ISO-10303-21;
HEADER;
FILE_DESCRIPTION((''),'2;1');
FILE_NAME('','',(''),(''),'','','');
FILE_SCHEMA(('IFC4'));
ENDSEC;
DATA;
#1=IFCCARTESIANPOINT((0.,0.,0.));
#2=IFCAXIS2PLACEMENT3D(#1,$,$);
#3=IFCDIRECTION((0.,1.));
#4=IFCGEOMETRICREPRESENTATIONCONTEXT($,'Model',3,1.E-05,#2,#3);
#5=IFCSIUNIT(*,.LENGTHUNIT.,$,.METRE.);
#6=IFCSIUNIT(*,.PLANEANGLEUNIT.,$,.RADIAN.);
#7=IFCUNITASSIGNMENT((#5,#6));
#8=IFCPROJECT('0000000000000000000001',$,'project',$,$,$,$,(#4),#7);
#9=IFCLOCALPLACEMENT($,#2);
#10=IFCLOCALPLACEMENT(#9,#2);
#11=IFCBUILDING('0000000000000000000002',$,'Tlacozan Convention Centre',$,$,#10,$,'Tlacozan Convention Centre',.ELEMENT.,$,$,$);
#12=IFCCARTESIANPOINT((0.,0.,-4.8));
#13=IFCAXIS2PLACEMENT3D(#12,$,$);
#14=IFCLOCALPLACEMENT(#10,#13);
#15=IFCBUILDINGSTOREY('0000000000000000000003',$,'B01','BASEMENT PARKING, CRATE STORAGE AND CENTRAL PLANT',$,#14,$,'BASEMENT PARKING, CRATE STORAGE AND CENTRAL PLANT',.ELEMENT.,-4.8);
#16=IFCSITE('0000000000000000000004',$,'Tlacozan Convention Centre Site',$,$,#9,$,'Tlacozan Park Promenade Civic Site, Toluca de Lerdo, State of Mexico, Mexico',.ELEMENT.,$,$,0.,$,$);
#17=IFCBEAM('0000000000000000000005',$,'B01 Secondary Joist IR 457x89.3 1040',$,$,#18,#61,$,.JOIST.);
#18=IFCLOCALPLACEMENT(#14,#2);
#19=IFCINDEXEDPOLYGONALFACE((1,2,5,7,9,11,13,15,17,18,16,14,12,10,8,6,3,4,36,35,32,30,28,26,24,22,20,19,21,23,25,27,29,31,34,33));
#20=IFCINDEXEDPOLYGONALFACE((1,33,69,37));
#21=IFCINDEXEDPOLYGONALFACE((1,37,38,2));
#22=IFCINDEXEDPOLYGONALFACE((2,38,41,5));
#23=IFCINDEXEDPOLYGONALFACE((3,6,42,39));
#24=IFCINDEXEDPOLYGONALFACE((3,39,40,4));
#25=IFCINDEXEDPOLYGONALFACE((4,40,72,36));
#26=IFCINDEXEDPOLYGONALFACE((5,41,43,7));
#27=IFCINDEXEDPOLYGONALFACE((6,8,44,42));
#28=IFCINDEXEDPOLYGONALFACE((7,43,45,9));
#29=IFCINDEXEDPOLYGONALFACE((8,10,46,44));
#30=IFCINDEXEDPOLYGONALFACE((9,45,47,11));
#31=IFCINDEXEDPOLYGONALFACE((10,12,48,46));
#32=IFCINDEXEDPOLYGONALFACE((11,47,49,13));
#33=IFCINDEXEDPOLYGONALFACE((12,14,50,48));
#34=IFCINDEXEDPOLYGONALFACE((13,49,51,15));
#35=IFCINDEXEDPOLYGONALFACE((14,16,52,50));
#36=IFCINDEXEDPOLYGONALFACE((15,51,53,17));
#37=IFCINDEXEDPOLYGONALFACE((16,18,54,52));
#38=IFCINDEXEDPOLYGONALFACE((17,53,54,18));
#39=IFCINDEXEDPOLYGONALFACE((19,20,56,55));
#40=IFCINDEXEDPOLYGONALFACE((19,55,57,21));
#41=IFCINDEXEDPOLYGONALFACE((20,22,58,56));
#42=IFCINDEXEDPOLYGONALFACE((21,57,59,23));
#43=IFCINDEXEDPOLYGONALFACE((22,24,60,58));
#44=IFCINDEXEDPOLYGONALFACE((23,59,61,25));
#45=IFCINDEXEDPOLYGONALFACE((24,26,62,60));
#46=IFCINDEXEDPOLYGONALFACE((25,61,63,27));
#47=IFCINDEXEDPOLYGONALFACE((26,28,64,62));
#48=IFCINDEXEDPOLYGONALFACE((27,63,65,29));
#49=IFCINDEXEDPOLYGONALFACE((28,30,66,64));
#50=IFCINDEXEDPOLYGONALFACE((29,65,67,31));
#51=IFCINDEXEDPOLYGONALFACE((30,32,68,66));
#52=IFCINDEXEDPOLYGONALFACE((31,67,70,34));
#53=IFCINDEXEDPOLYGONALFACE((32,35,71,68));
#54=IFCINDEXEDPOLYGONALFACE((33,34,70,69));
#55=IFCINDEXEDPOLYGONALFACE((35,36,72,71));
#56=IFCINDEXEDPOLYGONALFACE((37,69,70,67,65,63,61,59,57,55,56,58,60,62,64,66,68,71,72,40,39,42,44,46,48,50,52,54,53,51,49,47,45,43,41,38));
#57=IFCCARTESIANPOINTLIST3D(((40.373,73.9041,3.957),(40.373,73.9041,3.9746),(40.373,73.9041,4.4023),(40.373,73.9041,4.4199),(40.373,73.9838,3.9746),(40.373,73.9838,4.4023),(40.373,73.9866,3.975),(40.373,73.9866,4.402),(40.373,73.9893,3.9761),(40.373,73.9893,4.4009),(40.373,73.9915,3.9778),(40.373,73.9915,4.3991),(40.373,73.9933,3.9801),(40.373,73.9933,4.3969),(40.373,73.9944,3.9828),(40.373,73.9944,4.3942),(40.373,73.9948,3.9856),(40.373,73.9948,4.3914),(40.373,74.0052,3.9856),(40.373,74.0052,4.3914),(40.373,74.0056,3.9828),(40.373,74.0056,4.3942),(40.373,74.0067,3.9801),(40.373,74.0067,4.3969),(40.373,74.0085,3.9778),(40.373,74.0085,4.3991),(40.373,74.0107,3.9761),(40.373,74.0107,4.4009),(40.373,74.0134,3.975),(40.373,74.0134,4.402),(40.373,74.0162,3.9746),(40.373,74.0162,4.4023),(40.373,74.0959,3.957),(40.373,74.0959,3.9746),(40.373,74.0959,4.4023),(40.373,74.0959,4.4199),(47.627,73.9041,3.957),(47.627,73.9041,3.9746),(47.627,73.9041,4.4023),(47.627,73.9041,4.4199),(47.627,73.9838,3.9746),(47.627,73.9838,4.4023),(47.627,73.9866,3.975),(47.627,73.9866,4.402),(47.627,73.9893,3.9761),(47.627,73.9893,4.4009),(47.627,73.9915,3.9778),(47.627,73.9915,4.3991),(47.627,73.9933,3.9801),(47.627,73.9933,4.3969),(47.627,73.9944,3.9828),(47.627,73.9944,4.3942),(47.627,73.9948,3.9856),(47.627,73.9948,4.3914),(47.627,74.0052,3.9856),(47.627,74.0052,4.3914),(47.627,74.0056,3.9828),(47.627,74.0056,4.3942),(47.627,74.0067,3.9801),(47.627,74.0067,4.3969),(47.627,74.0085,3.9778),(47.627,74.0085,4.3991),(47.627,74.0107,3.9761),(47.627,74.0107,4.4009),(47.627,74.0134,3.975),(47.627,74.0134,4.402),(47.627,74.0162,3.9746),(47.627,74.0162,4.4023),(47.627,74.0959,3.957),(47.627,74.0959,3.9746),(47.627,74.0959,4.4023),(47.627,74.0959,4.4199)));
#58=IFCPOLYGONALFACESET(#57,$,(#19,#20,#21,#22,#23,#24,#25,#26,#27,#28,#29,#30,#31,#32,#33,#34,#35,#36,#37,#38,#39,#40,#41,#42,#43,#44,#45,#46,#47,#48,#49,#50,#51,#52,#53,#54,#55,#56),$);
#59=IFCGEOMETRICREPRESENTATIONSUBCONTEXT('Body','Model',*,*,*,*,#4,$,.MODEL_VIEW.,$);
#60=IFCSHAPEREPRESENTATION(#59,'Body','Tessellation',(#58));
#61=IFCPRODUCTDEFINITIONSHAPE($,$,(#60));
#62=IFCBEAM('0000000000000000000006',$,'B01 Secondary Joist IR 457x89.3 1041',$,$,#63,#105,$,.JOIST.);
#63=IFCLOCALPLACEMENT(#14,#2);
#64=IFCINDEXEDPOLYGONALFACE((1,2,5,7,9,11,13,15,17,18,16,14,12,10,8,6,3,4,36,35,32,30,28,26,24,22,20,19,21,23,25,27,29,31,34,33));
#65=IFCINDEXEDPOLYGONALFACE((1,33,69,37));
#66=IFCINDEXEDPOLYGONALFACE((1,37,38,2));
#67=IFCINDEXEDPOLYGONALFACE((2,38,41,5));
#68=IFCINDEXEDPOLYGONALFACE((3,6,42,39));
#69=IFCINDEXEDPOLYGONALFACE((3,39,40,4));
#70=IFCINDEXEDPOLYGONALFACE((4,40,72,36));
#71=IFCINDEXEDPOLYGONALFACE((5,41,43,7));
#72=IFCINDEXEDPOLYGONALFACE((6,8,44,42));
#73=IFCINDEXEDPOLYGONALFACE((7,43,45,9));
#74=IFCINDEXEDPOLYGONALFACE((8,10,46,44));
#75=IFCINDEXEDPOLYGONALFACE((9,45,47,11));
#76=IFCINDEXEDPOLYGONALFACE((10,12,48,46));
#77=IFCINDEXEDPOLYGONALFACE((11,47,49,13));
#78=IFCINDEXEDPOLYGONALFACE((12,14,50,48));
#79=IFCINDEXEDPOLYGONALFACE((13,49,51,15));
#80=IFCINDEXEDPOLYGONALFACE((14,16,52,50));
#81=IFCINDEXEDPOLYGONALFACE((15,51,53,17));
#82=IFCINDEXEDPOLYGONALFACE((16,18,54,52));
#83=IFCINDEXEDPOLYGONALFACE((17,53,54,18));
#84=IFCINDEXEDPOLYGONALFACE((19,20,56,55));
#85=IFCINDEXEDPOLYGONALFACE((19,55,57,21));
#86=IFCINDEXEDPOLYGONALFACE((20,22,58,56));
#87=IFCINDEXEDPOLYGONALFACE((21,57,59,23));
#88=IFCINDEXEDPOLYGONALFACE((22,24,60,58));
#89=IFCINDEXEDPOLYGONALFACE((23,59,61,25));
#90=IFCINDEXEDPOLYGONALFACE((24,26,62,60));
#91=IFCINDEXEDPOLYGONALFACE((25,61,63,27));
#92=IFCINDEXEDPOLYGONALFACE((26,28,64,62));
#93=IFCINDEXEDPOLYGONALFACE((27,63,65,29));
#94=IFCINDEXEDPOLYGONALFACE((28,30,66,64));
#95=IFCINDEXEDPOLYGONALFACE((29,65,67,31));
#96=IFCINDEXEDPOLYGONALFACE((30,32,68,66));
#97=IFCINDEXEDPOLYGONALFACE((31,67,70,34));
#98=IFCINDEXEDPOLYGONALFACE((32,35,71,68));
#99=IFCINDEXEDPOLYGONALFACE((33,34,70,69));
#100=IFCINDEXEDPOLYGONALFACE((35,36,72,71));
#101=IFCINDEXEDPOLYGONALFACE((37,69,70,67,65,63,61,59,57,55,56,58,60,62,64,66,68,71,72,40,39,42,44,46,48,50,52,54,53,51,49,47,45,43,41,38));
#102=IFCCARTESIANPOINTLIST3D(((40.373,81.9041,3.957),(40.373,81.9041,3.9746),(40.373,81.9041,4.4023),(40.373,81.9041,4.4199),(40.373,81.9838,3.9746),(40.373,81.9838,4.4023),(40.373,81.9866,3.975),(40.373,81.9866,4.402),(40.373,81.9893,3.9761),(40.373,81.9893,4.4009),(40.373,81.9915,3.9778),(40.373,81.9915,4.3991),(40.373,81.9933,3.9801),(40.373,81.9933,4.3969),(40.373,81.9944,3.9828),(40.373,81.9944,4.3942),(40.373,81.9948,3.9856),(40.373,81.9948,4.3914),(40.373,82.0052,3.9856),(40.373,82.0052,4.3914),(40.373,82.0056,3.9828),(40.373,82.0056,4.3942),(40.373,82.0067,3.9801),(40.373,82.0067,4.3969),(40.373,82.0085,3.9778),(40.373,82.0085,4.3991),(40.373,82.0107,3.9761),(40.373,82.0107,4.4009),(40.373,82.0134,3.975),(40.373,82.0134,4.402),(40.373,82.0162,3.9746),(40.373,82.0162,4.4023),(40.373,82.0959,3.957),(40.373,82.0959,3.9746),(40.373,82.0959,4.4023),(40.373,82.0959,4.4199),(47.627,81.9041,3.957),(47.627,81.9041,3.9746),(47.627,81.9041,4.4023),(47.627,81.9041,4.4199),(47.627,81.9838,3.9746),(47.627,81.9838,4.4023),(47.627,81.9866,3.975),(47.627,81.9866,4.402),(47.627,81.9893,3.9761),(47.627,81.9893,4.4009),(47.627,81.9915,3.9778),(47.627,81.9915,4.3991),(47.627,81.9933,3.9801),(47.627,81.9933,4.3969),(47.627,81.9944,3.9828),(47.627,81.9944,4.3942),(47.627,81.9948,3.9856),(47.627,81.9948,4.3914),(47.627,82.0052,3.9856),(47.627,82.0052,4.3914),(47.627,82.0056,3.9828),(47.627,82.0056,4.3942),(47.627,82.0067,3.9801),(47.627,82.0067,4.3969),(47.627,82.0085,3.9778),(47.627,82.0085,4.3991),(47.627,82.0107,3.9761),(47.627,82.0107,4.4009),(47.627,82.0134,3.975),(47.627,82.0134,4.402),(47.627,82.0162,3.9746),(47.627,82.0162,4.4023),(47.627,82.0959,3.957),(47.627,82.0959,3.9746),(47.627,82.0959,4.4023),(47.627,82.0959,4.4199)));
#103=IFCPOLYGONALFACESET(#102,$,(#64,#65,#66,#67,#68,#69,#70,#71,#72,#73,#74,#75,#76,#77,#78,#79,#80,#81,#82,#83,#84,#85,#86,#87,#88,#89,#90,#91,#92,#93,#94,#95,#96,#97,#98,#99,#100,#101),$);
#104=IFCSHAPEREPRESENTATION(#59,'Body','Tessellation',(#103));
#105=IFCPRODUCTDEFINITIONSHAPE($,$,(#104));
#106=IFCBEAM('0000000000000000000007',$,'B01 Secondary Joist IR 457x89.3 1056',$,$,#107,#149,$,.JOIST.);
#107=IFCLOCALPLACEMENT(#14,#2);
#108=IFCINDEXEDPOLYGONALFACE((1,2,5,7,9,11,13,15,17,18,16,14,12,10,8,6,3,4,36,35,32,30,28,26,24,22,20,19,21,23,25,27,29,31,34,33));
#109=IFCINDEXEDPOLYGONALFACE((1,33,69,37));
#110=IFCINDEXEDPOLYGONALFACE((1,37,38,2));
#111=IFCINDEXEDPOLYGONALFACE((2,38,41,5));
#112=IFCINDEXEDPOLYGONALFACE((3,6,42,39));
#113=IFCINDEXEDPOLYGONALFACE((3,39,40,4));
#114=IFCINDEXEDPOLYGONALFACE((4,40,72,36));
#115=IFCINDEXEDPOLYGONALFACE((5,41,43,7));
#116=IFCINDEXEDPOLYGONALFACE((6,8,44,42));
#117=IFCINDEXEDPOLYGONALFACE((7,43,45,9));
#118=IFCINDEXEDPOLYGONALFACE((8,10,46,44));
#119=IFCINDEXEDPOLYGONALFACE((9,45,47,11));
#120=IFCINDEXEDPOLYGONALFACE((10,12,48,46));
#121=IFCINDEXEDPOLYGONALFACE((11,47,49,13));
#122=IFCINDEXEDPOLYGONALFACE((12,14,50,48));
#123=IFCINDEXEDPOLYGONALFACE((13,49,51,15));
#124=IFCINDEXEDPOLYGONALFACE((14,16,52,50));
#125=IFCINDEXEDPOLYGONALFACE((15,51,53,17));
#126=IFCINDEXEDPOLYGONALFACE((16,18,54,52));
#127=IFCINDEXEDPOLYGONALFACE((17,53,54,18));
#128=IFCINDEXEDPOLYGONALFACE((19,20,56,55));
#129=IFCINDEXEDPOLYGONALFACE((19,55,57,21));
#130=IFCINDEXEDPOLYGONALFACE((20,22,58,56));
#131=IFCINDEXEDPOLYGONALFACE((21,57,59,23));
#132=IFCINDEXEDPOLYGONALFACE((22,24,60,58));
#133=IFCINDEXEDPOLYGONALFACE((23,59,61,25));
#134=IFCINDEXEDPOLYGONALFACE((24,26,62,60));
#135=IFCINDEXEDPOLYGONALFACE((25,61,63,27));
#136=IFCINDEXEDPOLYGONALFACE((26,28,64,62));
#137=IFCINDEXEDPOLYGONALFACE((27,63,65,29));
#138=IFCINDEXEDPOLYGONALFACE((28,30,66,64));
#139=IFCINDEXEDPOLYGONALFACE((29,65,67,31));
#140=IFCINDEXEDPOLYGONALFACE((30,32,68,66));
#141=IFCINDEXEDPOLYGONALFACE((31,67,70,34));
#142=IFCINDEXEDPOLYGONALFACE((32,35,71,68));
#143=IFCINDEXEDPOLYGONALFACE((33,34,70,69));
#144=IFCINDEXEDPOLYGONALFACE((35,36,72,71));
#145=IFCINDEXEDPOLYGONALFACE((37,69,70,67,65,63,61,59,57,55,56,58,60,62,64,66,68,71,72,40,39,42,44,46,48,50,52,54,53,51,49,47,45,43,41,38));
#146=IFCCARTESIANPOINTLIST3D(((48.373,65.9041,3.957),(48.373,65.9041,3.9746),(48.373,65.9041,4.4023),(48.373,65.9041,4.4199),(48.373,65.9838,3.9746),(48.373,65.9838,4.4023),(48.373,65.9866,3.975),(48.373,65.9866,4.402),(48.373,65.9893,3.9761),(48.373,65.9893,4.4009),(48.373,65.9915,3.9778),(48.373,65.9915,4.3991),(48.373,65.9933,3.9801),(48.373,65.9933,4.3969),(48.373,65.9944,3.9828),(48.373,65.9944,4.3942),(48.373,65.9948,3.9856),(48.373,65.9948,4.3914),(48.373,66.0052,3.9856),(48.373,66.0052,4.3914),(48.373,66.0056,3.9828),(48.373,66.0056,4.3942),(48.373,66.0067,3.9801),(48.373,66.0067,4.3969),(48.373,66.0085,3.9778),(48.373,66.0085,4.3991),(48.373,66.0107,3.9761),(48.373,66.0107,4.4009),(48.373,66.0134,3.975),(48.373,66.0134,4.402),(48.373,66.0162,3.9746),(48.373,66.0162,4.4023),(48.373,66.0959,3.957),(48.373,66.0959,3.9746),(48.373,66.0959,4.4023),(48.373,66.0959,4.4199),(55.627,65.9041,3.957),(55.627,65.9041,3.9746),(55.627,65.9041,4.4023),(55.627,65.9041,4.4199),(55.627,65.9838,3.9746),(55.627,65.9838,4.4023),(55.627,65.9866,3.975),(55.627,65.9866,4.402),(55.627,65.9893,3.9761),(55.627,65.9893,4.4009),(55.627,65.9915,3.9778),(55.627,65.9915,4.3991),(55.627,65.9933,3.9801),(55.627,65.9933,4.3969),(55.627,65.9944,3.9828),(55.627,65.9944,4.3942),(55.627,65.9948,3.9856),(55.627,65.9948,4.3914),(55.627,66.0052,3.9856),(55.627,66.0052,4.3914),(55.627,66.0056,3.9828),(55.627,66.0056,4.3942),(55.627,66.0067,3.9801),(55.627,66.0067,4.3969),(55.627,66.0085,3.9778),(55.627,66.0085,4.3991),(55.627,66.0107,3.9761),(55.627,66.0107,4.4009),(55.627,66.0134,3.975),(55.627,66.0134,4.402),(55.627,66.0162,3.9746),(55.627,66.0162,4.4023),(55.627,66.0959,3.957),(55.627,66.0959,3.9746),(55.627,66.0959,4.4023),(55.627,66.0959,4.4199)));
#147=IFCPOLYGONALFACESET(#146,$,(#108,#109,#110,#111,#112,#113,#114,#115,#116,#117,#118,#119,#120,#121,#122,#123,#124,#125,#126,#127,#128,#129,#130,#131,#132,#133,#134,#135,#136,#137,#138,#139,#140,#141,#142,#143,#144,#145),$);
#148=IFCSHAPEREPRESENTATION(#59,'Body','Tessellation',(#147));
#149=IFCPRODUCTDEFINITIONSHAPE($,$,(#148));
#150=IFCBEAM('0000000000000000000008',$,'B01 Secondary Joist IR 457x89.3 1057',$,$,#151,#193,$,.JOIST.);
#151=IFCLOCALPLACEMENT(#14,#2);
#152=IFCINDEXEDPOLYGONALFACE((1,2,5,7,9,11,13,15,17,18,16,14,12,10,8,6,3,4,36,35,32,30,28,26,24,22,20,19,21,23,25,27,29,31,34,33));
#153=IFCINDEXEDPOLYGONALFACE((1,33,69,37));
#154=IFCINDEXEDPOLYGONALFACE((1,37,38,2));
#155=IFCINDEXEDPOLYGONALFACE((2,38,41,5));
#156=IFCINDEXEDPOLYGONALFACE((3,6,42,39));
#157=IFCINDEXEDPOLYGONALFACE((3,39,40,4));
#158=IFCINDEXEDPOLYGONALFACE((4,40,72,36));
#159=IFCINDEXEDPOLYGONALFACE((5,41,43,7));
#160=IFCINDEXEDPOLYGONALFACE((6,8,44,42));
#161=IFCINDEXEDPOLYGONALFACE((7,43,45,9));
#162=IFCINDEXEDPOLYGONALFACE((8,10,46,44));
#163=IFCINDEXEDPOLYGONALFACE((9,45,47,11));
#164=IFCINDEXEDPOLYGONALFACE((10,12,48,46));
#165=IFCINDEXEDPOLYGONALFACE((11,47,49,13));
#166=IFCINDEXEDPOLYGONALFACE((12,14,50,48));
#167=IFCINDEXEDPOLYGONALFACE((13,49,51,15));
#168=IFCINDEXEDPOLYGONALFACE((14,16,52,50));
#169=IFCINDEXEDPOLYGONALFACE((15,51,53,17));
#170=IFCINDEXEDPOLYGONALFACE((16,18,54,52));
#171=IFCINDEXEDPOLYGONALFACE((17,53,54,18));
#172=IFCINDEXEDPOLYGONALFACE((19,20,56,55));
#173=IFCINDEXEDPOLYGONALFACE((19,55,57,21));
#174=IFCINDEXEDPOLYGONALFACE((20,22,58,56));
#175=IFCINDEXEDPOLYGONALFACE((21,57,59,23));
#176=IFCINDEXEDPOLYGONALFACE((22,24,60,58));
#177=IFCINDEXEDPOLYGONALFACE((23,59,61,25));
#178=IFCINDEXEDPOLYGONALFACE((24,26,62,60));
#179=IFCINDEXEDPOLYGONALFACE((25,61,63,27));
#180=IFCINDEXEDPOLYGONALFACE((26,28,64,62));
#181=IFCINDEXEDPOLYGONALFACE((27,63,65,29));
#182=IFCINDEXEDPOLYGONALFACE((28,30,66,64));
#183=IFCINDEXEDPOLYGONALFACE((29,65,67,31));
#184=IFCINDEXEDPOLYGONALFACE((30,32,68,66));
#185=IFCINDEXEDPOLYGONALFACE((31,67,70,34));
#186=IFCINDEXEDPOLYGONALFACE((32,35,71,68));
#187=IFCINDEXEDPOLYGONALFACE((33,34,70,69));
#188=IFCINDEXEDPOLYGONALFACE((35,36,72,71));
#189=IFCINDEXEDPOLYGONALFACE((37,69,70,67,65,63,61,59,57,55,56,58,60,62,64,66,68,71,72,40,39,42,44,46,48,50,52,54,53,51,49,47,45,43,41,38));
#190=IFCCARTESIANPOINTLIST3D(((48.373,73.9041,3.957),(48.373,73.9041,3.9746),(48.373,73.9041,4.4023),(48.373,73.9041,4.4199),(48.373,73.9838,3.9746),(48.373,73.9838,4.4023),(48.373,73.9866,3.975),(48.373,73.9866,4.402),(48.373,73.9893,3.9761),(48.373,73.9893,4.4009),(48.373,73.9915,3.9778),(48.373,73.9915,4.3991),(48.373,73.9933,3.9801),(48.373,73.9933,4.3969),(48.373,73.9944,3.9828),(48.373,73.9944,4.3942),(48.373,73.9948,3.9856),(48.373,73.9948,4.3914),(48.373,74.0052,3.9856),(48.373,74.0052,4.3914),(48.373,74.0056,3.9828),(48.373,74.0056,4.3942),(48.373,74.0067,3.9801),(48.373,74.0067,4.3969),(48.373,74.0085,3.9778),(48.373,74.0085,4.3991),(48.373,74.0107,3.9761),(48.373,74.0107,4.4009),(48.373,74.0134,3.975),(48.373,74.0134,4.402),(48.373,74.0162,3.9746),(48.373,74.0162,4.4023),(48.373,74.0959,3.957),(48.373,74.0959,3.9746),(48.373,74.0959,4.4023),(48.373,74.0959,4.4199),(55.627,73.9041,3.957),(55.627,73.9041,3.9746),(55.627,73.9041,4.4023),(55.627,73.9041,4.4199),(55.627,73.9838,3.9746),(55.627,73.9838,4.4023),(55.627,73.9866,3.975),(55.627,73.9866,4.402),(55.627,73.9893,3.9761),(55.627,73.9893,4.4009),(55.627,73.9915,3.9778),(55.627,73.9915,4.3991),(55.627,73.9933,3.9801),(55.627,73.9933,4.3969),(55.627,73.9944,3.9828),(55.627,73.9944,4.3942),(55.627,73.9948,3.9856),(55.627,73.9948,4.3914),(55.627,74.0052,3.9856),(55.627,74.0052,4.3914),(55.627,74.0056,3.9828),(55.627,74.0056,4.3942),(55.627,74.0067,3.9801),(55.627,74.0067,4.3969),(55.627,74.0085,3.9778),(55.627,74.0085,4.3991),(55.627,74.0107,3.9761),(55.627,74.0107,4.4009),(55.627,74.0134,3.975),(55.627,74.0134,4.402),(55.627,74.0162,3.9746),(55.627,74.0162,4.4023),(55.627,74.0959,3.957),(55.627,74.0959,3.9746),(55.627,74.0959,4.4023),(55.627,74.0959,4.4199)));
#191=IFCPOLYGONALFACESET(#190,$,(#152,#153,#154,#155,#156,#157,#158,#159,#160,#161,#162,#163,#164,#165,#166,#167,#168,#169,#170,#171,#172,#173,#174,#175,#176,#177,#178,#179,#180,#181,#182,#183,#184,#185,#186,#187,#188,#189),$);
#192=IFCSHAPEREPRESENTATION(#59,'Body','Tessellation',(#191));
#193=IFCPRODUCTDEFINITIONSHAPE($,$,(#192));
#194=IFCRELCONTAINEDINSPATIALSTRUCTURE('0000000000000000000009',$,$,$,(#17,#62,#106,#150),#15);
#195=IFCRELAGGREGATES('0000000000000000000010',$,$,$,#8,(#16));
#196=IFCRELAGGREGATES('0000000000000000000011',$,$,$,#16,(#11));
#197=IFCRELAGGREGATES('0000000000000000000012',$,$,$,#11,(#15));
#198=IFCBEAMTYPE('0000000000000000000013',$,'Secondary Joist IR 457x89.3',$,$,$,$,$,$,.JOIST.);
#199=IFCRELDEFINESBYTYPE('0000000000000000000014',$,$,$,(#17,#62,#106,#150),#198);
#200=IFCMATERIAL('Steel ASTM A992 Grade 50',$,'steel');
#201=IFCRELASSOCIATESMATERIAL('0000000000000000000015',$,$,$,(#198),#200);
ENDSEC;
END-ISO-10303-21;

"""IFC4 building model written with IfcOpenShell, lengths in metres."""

from ifc_helpers import new_model, si_unit, direction, frame, origin, origin_2d, place, context, subcontext, project, spatial, i_section, extrude, material, material_profile, profile_set, type_object, element, save


model = new_model("IFC4")

# Units and contexts
model_context = context("Model", 3, precision=1e-05, world=origin(), true_north=direction((0.0, 1.0)))
body_context = subcontext(model_context, "Body", "Model", "MODEL_VIEW")
ifc_project = project(units=[si_unit("LENGTHUNIT", "METRE"), si_unit("PLANEANGLEUNIT", "RADIAN")], contexts=[model_context])

# Site, building, storey
site_placement = place(None, origin())
site = spatial("IfcSite", under=ifc_project, at=site_placement, Name="Tlacozan Convention Centre Site", LongName="Tlacozan Park Promenade Civic Site, Toluca de Lerdo, State of Mexico, Mexico", CompositionType="ELEMENT", RefElevation=0.0)
building_placement = place(site_placement, origin())
building = spatial("IfcBuilding", under=site, at=building_placement, Name="Tlacozan Convention Centre", LongName="Tlacozan Convention Centre", CompositionType="ELEMENT")
storey_placement = place(building_placement, frame((0.0, 0.0, -4.8)))
storey = spatial("IfcBuildingStorey", under=building, at=storey_placement, Name="B01", Description="BASEMENT PARKING, CRATE STORAGE AND CENTRAL PLANT", LongName="BASEMENT PARKING, CRATE STORAGE AND CENTRAL PLANT", CompositionType="ELEMENT", Elevation=-4.8)

# Beams
ifc_material_1 = material(Name="Steel ASTM A992 Grade 50", Category="steel")
ifc_material_profile_1 = material_profile(ifc_material_1, i_section(OverallWidth=0.1919, OverallDepth=0.4629, WebThickness=0.0105, FlangeThickness=0.0176, FilletRadius=0.011, at=origin_2d()), Name="IR 457x89.3")
ifc_profile_set_1 = profile_set([ifc_material_profile_1], Name="Steel ASTM A992 Grade 50")
beam_type_1 = type_object("IfcBeamType", Name="Secondary Joist IR 457x89.3", PredefinedType="JOIST", material=ifc_profile_set_1)
for number, where, z_axis, x_axis, name in (
    (1, (40.373, 74.0, 4.1885), (1.0, 0.0, 0.0), (0.0, 1.0, 0.0), "B01 Secondary Joist IR 457x89.3 1040"),
    (2, (40.373, 82.0, 4.1885), (1.0, 0.0, 0.0), (0.0, 1.0, 0.0), "B01 Secondary Joist IR 457x89.3 1041"),
    (3, (48.373, 66.0, 4.1885), (1.0, 0.0, 0.0), (0.0, 1.0, 0.0), "B01 Secondary Joist IR 457x89.3 1056"),
    (4, (48.373, 74.0, 4.1885), (1.0, 0.0, 0.0), (0.0, 1.0, 0.0), "B01 Secondary Joist IR 457x89.3 1057"),
):
    element("IfcBeam", number, at=place(storey_placement, frame(where, z_axis=z_axis, x_axis=x_axis)), inside=storey, type_object=beam_type_1, Name=name, PredefinedType="JOIST", context=body_context, shape_type="SweptSolid", body=[
        extrude(i_section(OverallWidth=0.1919, OverallDepth=0.4629, WebThickness=0.0105, FlangeThickness=0.0176, FilletRadius=0.011, at=origin_2d()), origin(), (0.0, 0.0, 1.0), 7.2539),
    ])

save(model, "model.ifc")
